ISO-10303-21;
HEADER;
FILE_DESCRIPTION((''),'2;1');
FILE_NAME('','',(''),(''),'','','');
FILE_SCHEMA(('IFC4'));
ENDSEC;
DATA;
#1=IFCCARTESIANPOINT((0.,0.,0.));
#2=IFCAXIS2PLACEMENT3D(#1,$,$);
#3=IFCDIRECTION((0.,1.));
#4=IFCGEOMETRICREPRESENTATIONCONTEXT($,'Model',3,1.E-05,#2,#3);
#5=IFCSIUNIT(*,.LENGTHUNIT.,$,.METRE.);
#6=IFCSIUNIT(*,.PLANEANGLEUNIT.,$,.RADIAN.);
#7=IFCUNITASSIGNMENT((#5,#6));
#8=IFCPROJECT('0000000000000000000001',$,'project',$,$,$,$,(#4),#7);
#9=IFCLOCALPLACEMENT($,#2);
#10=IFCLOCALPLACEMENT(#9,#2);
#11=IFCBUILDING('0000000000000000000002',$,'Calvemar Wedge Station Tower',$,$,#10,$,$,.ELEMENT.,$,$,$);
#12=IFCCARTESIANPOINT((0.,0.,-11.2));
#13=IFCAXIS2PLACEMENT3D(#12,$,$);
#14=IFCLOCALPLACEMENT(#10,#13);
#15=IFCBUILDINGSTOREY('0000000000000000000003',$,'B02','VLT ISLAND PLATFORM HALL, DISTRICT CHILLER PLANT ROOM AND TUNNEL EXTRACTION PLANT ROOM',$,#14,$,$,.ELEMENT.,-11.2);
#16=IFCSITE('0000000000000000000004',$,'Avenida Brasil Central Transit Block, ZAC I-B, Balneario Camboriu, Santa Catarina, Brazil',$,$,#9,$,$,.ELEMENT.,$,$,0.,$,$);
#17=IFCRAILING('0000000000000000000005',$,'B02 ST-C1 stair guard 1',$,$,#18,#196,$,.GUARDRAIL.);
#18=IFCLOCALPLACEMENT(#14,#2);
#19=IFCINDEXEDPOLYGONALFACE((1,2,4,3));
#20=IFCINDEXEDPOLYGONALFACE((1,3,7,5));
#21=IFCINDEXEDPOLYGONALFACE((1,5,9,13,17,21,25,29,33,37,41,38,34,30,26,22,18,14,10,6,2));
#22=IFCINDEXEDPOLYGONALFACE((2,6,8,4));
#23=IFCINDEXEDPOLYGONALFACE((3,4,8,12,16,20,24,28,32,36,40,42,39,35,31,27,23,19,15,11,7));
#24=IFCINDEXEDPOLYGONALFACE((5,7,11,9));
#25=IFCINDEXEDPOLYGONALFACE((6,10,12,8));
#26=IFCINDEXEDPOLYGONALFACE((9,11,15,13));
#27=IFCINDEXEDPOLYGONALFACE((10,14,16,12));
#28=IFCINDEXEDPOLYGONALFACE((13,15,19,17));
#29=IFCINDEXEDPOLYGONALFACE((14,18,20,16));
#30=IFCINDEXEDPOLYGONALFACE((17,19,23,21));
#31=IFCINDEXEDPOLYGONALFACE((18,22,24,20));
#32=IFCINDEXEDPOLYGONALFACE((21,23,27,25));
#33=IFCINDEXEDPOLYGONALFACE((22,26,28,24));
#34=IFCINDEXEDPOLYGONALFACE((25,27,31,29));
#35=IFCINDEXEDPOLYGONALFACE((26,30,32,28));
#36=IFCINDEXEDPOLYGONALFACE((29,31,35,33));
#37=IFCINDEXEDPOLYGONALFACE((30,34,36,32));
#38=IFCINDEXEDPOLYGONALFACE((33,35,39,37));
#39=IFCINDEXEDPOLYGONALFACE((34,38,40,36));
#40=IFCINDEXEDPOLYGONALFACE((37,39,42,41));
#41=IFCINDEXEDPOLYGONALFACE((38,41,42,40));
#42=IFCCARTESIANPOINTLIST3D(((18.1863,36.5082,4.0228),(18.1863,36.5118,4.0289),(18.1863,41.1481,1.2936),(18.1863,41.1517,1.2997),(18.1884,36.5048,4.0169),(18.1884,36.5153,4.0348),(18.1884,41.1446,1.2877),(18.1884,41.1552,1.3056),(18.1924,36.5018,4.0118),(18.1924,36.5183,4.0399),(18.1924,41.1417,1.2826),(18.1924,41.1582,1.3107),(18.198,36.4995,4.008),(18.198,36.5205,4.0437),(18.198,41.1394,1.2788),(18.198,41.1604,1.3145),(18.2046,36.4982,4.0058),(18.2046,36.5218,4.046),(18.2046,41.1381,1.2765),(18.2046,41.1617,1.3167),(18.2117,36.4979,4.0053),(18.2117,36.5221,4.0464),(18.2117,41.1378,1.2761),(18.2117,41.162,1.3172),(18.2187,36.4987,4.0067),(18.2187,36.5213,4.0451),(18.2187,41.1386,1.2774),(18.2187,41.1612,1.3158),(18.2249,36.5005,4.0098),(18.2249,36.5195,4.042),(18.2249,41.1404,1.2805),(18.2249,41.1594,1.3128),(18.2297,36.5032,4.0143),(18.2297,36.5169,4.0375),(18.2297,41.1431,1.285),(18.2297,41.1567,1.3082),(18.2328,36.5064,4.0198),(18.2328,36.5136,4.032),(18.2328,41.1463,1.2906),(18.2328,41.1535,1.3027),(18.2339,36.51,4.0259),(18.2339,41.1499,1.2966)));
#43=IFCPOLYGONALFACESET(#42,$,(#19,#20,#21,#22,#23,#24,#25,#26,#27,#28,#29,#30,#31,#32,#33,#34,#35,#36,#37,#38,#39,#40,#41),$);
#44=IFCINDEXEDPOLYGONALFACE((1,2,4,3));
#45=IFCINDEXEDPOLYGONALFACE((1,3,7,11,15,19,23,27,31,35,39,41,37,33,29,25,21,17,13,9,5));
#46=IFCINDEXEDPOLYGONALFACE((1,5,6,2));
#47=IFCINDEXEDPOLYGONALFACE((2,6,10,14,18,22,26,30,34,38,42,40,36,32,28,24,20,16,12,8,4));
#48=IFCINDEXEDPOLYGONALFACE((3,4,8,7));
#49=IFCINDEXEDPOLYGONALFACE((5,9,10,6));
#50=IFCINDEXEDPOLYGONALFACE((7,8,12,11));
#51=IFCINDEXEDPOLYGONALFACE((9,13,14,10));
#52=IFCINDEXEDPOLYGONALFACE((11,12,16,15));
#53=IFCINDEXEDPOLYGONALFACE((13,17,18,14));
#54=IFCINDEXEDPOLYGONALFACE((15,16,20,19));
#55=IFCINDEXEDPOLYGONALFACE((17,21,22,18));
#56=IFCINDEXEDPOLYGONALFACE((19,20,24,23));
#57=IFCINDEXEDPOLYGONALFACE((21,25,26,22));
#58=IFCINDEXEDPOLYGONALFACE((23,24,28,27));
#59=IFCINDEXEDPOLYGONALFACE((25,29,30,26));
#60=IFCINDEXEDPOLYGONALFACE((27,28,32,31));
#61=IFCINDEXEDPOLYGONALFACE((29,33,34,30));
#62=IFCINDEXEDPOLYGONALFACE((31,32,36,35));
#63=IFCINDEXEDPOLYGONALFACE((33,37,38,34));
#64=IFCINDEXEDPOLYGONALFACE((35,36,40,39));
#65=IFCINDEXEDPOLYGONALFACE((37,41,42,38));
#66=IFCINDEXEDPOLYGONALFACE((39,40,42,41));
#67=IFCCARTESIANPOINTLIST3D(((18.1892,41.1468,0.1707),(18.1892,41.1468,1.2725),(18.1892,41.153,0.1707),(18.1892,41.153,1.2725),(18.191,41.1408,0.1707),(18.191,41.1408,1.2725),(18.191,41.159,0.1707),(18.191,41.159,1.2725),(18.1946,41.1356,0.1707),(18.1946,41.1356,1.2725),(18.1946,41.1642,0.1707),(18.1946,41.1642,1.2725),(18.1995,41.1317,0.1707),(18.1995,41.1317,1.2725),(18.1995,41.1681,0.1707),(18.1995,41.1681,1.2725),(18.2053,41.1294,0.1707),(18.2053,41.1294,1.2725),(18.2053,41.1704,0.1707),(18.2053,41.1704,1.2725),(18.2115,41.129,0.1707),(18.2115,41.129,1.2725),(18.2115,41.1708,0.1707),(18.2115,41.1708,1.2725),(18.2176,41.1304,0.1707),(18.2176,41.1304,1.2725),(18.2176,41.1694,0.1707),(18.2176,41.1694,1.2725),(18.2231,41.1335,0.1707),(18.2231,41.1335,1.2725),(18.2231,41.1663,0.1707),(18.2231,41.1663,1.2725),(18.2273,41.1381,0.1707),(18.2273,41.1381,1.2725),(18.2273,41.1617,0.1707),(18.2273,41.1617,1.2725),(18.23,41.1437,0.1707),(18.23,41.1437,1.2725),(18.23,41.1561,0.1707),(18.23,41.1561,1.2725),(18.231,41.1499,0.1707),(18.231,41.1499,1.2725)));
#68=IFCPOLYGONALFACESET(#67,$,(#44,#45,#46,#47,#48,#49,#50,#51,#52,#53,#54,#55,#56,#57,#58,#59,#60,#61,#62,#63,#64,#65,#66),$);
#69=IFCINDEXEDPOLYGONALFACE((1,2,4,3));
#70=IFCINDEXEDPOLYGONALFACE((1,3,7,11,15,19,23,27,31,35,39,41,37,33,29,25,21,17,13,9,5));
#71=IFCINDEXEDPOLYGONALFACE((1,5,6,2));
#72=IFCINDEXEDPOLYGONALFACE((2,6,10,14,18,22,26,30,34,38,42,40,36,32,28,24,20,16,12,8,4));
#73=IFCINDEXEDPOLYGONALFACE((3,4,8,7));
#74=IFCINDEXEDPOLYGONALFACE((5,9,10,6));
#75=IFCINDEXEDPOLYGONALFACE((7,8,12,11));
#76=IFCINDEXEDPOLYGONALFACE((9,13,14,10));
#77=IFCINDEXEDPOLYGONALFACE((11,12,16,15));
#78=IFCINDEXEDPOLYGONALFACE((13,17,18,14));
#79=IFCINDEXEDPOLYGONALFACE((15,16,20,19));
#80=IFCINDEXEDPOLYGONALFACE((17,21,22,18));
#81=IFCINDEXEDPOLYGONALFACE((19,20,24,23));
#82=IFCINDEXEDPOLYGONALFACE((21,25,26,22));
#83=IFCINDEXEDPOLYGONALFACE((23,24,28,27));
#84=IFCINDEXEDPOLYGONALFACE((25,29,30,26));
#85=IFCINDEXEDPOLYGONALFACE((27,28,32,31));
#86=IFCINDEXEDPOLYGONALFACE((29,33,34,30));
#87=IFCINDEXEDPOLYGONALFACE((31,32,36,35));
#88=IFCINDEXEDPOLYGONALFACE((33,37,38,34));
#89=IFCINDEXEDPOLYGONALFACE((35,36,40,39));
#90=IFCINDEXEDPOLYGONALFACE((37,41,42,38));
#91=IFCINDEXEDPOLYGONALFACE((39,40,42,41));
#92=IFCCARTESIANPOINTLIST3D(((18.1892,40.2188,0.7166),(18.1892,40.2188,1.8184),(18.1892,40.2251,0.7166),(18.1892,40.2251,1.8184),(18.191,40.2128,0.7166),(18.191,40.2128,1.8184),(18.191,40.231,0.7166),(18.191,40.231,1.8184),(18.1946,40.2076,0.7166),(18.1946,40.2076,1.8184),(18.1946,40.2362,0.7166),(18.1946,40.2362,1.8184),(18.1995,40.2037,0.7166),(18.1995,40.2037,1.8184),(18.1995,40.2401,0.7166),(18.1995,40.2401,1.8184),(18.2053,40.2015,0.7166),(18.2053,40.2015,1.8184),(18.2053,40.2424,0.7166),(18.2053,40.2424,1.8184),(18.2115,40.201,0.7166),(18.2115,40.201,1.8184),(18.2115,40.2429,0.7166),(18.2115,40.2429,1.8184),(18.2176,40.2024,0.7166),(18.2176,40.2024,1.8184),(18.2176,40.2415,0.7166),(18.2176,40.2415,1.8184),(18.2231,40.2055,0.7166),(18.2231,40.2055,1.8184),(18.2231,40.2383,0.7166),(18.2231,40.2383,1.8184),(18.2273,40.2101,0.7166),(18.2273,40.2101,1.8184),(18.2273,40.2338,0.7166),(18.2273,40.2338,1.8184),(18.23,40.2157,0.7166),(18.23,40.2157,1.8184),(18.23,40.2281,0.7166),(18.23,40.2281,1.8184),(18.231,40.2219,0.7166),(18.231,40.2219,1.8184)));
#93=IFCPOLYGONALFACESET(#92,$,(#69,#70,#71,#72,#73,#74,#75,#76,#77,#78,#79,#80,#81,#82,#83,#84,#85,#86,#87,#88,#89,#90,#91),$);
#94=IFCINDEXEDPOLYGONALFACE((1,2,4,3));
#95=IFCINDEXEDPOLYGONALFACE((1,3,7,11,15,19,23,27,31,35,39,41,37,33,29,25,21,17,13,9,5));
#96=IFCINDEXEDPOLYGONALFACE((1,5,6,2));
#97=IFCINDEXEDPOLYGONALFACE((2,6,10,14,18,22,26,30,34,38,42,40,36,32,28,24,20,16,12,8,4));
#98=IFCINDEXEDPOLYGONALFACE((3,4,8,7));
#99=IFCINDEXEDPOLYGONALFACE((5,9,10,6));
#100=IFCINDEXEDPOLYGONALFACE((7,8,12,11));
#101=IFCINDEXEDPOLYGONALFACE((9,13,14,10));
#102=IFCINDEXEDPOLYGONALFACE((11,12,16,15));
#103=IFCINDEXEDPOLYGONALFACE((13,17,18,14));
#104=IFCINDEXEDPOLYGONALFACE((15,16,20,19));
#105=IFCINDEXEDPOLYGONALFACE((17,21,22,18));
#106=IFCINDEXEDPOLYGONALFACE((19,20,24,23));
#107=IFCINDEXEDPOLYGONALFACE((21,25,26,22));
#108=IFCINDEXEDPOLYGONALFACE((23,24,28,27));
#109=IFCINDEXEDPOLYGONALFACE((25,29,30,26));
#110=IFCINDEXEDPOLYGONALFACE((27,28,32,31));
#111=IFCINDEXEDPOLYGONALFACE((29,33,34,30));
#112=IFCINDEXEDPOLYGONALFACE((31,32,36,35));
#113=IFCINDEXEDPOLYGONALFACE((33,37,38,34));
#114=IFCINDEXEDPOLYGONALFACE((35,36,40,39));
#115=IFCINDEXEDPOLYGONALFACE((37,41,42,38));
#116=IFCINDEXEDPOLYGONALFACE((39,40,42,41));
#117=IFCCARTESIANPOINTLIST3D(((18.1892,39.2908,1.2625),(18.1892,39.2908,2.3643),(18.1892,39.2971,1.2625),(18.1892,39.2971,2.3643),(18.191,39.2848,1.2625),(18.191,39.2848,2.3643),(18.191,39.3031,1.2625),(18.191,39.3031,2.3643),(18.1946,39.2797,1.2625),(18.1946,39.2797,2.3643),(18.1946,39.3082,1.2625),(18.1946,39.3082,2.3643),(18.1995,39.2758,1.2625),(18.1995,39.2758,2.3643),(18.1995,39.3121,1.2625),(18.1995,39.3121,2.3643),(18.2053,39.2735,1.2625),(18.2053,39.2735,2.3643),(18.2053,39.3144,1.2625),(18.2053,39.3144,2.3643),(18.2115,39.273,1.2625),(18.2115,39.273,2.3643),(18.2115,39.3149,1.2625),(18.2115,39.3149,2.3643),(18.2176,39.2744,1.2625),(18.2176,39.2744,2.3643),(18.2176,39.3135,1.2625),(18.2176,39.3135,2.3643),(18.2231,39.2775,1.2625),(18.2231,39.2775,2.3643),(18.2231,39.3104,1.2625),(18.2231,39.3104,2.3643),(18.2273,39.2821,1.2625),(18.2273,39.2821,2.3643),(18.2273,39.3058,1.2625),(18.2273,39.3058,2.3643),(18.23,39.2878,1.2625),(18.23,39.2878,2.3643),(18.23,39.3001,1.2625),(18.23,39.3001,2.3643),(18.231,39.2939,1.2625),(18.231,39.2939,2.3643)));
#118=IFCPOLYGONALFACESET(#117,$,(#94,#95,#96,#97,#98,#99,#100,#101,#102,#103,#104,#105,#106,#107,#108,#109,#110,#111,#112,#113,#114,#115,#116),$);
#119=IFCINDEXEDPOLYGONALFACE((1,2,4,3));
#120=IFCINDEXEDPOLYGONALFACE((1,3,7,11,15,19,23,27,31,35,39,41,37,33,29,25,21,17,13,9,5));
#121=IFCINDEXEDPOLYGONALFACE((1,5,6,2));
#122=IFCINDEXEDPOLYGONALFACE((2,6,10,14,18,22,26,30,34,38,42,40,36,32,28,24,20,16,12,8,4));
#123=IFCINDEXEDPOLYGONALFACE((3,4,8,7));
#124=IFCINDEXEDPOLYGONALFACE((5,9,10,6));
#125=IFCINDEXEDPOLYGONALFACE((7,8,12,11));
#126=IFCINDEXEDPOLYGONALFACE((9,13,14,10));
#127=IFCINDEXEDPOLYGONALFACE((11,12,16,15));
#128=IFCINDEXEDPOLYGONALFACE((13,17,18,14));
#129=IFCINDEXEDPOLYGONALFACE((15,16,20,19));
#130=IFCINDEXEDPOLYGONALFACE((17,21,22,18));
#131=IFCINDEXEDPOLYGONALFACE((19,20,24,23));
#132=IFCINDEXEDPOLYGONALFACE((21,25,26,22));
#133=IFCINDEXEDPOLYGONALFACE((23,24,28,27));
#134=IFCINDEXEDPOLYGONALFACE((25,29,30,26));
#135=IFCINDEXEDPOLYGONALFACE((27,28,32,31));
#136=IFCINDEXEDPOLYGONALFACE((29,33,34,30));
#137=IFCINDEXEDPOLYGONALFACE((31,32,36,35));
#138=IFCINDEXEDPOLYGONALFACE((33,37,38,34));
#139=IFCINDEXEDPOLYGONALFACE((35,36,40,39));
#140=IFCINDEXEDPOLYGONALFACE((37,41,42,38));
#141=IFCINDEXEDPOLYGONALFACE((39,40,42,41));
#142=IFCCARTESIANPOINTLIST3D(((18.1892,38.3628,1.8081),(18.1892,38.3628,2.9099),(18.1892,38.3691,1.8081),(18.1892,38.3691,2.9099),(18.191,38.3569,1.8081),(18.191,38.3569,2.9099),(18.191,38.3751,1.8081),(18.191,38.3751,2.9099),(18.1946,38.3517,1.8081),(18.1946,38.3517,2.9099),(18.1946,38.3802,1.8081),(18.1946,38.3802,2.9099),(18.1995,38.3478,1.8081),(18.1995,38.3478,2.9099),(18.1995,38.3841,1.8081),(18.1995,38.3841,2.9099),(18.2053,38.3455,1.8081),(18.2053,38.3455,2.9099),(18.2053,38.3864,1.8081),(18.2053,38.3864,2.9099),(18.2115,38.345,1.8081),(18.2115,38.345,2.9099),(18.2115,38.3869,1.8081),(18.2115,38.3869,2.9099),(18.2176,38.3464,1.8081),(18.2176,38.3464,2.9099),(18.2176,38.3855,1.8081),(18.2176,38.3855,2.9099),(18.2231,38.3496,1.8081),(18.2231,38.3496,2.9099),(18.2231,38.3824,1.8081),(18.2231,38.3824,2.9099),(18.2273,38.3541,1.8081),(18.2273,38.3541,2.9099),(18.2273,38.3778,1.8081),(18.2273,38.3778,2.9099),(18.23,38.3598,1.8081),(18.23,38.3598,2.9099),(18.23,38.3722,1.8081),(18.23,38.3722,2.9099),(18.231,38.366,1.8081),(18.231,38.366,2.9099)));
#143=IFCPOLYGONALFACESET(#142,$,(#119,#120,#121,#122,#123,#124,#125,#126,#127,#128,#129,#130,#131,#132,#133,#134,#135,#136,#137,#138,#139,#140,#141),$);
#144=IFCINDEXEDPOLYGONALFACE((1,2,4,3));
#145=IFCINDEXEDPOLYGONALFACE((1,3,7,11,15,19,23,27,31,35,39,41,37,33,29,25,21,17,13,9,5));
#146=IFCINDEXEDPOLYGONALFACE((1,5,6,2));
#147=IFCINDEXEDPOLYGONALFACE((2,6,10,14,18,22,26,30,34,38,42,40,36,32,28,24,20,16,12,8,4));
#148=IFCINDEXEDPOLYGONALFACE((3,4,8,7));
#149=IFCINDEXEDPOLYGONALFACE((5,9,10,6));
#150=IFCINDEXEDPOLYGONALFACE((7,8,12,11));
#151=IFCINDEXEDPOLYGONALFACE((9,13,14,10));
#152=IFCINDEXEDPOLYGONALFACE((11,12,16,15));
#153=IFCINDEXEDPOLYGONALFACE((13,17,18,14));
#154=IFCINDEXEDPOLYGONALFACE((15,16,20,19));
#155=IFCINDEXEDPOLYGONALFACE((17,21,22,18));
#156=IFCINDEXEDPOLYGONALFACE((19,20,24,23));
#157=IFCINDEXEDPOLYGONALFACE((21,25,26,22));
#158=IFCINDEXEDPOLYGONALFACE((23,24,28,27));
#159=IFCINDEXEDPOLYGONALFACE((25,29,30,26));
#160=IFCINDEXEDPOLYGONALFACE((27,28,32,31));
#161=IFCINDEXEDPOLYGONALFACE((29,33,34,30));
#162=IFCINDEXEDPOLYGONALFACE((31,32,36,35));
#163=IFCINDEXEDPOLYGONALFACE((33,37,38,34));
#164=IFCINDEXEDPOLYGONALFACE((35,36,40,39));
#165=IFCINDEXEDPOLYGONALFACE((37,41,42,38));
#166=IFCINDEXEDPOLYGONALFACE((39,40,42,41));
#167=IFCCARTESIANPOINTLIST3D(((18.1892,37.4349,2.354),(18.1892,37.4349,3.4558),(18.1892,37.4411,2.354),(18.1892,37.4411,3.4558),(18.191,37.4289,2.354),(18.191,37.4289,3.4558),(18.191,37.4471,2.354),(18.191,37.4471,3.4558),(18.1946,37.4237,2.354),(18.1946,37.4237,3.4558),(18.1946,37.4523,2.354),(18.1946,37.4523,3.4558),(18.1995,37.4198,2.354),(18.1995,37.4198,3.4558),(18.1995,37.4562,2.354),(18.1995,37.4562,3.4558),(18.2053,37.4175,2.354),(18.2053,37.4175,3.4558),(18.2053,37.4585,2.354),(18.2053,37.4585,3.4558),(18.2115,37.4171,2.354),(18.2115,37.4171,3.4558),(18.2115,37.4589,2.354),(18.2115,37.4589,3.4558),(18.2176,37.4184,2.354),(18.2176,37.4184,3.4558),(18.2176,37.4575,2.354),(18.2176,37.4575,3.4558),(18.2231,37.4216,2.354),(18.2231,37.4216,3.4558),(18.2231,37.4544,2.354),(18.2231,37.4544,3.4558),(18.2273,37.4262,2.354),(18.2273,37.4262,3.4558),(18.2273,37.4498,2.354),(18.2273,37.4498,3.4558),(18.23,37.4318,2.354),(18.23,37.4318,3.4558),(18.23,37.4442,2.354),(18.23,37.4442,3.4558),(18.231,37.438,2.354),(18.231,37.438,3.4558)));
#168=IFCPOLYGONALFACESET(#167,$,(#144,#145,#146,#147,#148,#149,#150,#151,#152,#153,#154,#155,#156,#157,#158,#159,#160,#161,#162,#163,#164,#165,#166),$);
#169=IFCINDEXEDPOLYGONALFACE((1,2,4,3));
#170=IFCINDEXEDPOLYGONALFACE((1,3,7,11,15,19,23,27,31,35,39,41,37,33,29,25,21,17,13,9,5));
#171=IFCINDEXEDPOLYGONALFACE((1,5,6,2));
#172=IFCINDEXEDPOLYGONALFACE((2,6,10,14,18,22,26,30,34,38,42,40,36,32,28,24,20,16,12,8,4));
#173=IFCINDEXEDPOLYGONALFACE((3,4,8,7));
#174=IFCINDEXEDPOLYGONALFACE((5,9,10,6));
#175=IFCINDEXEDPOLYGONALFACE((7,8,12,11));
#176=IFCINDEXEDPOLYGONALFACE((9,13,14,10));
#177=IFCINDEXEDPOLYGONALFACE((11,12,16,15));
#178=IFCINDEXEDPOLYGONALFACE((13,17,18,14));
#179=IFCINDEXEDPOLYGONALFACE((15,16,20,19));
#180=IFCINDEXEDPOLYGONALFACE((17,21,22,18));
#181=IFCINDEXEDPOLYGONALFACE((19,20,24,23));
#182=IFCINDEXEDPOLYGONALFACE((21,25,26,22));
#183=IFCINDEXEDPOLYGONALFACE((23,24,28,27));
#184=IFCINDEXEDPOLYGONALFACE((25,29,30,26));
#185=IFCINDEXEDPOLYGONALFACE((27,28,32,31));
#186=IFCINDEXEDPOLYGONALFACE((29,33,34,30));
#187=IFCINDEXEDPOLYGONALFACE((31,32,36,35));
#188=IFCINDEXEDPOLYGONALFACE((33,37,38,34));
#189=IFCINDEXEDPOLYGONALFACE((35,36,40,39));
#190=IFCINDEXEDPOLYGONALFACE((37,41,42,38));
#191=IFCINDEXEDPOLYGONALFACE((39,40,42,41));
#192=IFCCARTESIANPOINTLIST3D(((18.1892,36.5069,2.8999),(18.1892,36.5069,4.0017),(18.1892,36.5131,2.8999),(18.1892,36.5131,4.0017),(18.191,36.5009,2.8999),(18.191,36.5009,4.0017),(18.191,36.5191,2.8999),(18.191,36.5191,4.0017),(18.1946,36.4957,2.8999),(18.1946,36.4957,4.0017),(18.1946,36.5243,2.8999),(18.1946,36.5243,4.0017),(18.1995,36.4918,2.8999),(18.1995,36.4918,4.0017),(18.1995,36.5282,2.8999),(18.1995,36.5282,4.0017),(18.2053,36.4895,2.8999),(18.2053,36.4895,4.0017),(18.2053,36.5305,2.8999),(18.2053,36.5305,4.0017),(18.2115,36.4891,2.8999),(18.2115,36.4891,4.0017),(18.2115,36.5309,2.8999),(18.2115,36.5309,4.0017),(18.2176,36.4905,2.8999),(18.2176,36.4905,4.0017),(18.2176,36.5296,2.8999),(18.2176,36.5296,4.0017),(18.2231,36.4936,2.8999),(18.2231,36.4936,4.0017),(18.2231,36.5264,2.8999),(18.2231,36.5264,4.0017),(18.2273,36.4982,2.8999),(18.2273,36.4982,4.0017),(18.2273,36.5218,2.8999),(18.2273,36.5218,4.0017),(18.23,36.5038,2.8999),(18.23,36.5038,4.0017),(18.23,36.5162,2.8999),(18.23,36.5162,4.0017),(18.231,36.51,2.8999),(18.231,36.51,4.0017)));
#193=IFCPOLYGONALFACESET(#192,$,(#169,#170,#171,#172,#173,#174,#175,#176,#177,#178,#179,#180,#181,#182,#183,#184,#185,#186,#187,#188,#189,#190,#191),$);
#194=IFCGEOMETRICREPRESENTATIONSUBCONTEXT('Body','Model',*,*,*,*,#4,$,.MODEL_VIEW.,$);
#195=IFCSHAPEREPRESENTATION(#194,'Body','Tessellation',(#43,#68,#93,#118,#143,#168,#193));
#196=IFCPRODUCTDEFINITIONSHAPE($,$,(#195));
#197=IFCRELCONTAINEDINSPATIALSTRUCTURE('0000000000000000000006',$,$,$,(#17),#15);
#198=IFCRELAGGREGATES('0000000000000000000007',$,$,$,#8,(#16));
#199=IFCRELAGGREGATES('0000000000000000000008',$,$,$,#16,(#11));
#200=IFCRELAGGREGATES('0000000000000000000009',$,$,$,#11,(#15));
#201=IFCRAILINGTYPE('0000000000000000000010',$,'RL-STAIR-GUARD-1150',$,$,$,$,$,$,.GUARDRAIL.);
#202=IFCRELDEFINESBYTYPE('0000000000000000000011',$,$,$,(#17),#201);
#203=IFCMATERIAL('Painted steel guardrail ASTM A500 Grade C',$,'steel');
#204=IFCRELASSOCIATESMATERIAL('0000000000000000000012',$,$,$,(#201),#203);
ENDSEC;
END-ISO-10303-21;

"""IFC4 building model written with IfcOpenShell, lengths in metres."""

from ifc_helpers import new_model, si_unit, direction, frame, origin, origin_2d, place, context, subcontext, project, spatial, circle, extrude, material, type_object, element, save


model = new_model("IFC4")

# Units and contexts
model_context = context("Model", 3, precision=1e-05, world=origin(), true_north=direction((0.0, 1.0)))
body_context = subcontext(model_context, "Body", "Model", "MODEL_VIEW")
ifc_project = project(units=[si_unit("LENGTHUNIT", "METRE"), si_unit("PLANEANGLEUNIT", "RADIAN")], contexts=[model_context])

# Site, building, storey
site_placement = place(None, origin())
site = spatial("IfcSite", under=ifc_project, at=site_placement, Name="Avenida Brasil Central Transit Block, ZAC I-B, Balneario Camboriu, Santa Catarina, Brazil", CompositionType="ELEMENT", RefElevation=0.0)
building_placement = place(site_placement, origin())
building = spatial("IfcBuilding", under=site, at=building_placement, Name="Calvemar Wedge Station Tower", CompositionType="ELEMENT")
storey_placement = place(building_placement, frame((0.0, 0.0, -11.2)))
storey = spatial("IfcBuildingStorey", under=building, at=storey_placement, Name="B02", Description="VLT ISLAND PLATFORM HALL, DISTRICT CHILLER PLANT ROOM AND TUNNEL EXTRACTION PLANT ROOM", CompositionType="ELEMENT", Elevation=-11.2)

# Railing
ifc_material_1 = material(Name="Painted steel guardrail ASTM A500 Grade C", Category="steel")
railing_type_1 = type_object("IfcRailingType", Name="RL-STAIR-GUARD-1150", PredefinedType="GUARDRAIL", material=ifc_material_1)
railing_1_placement = place(storey_placement, frame((18.21, 41.1499, 0.1707)))
element("IfcRailing", 1, at=railing_1_placement, inside=storey, type_object=railing_type_1, Name="B02 ST-C1 stair guard 1", PredefinedType="GUARDRAIL", context=body_context, shape_type="SweptSolid", body=[
    extrude(circle(Radius=0.0239, at=origin_2d()), frame((0.0, 0.0, 1.126), z_axis=(0.0, -0.861942, 0.507006), x_axis=(1.0, 0.0, 0.0)), (0.0, 0.0, 1.0), 5.3831),
    extrude(circle(Radius=0.021, at=origin_2d()), origin(), (0.0, 0.0, 1.0), 1.1018),
    extrude(circle(Radius=0.021, at=origin_2d()), frame((0.0, -0.928, 0.5459)), (0.0, 0.0, 1.0), 1.1018),
    extrude(circle(Radius=0.021, at=origin_2d()), frame((0.0, -1.856, 1.0918)), (0.0, 0.0, 1.0), 1.1018),
    extrude(circle(Radius=0.021, at=origin_2d()), frame((0.0, -2.7839, 1.6375)), (0.0, 0.0, 1.0), 1.1018),
    extrude(circle(Radius=0.021, at=origin_2d()), frame((0.0, -3.7119, 2.1833)), (0.0, 0.0, 1.0), 1.1018),
    extrude(circle(Radius=0.021, at=origin_2d()), frame((0.0, -4.6399, 2.7292)), (0.0, 0.0, 1.0), 1.1018),
])

save(model, "model.ifc")
